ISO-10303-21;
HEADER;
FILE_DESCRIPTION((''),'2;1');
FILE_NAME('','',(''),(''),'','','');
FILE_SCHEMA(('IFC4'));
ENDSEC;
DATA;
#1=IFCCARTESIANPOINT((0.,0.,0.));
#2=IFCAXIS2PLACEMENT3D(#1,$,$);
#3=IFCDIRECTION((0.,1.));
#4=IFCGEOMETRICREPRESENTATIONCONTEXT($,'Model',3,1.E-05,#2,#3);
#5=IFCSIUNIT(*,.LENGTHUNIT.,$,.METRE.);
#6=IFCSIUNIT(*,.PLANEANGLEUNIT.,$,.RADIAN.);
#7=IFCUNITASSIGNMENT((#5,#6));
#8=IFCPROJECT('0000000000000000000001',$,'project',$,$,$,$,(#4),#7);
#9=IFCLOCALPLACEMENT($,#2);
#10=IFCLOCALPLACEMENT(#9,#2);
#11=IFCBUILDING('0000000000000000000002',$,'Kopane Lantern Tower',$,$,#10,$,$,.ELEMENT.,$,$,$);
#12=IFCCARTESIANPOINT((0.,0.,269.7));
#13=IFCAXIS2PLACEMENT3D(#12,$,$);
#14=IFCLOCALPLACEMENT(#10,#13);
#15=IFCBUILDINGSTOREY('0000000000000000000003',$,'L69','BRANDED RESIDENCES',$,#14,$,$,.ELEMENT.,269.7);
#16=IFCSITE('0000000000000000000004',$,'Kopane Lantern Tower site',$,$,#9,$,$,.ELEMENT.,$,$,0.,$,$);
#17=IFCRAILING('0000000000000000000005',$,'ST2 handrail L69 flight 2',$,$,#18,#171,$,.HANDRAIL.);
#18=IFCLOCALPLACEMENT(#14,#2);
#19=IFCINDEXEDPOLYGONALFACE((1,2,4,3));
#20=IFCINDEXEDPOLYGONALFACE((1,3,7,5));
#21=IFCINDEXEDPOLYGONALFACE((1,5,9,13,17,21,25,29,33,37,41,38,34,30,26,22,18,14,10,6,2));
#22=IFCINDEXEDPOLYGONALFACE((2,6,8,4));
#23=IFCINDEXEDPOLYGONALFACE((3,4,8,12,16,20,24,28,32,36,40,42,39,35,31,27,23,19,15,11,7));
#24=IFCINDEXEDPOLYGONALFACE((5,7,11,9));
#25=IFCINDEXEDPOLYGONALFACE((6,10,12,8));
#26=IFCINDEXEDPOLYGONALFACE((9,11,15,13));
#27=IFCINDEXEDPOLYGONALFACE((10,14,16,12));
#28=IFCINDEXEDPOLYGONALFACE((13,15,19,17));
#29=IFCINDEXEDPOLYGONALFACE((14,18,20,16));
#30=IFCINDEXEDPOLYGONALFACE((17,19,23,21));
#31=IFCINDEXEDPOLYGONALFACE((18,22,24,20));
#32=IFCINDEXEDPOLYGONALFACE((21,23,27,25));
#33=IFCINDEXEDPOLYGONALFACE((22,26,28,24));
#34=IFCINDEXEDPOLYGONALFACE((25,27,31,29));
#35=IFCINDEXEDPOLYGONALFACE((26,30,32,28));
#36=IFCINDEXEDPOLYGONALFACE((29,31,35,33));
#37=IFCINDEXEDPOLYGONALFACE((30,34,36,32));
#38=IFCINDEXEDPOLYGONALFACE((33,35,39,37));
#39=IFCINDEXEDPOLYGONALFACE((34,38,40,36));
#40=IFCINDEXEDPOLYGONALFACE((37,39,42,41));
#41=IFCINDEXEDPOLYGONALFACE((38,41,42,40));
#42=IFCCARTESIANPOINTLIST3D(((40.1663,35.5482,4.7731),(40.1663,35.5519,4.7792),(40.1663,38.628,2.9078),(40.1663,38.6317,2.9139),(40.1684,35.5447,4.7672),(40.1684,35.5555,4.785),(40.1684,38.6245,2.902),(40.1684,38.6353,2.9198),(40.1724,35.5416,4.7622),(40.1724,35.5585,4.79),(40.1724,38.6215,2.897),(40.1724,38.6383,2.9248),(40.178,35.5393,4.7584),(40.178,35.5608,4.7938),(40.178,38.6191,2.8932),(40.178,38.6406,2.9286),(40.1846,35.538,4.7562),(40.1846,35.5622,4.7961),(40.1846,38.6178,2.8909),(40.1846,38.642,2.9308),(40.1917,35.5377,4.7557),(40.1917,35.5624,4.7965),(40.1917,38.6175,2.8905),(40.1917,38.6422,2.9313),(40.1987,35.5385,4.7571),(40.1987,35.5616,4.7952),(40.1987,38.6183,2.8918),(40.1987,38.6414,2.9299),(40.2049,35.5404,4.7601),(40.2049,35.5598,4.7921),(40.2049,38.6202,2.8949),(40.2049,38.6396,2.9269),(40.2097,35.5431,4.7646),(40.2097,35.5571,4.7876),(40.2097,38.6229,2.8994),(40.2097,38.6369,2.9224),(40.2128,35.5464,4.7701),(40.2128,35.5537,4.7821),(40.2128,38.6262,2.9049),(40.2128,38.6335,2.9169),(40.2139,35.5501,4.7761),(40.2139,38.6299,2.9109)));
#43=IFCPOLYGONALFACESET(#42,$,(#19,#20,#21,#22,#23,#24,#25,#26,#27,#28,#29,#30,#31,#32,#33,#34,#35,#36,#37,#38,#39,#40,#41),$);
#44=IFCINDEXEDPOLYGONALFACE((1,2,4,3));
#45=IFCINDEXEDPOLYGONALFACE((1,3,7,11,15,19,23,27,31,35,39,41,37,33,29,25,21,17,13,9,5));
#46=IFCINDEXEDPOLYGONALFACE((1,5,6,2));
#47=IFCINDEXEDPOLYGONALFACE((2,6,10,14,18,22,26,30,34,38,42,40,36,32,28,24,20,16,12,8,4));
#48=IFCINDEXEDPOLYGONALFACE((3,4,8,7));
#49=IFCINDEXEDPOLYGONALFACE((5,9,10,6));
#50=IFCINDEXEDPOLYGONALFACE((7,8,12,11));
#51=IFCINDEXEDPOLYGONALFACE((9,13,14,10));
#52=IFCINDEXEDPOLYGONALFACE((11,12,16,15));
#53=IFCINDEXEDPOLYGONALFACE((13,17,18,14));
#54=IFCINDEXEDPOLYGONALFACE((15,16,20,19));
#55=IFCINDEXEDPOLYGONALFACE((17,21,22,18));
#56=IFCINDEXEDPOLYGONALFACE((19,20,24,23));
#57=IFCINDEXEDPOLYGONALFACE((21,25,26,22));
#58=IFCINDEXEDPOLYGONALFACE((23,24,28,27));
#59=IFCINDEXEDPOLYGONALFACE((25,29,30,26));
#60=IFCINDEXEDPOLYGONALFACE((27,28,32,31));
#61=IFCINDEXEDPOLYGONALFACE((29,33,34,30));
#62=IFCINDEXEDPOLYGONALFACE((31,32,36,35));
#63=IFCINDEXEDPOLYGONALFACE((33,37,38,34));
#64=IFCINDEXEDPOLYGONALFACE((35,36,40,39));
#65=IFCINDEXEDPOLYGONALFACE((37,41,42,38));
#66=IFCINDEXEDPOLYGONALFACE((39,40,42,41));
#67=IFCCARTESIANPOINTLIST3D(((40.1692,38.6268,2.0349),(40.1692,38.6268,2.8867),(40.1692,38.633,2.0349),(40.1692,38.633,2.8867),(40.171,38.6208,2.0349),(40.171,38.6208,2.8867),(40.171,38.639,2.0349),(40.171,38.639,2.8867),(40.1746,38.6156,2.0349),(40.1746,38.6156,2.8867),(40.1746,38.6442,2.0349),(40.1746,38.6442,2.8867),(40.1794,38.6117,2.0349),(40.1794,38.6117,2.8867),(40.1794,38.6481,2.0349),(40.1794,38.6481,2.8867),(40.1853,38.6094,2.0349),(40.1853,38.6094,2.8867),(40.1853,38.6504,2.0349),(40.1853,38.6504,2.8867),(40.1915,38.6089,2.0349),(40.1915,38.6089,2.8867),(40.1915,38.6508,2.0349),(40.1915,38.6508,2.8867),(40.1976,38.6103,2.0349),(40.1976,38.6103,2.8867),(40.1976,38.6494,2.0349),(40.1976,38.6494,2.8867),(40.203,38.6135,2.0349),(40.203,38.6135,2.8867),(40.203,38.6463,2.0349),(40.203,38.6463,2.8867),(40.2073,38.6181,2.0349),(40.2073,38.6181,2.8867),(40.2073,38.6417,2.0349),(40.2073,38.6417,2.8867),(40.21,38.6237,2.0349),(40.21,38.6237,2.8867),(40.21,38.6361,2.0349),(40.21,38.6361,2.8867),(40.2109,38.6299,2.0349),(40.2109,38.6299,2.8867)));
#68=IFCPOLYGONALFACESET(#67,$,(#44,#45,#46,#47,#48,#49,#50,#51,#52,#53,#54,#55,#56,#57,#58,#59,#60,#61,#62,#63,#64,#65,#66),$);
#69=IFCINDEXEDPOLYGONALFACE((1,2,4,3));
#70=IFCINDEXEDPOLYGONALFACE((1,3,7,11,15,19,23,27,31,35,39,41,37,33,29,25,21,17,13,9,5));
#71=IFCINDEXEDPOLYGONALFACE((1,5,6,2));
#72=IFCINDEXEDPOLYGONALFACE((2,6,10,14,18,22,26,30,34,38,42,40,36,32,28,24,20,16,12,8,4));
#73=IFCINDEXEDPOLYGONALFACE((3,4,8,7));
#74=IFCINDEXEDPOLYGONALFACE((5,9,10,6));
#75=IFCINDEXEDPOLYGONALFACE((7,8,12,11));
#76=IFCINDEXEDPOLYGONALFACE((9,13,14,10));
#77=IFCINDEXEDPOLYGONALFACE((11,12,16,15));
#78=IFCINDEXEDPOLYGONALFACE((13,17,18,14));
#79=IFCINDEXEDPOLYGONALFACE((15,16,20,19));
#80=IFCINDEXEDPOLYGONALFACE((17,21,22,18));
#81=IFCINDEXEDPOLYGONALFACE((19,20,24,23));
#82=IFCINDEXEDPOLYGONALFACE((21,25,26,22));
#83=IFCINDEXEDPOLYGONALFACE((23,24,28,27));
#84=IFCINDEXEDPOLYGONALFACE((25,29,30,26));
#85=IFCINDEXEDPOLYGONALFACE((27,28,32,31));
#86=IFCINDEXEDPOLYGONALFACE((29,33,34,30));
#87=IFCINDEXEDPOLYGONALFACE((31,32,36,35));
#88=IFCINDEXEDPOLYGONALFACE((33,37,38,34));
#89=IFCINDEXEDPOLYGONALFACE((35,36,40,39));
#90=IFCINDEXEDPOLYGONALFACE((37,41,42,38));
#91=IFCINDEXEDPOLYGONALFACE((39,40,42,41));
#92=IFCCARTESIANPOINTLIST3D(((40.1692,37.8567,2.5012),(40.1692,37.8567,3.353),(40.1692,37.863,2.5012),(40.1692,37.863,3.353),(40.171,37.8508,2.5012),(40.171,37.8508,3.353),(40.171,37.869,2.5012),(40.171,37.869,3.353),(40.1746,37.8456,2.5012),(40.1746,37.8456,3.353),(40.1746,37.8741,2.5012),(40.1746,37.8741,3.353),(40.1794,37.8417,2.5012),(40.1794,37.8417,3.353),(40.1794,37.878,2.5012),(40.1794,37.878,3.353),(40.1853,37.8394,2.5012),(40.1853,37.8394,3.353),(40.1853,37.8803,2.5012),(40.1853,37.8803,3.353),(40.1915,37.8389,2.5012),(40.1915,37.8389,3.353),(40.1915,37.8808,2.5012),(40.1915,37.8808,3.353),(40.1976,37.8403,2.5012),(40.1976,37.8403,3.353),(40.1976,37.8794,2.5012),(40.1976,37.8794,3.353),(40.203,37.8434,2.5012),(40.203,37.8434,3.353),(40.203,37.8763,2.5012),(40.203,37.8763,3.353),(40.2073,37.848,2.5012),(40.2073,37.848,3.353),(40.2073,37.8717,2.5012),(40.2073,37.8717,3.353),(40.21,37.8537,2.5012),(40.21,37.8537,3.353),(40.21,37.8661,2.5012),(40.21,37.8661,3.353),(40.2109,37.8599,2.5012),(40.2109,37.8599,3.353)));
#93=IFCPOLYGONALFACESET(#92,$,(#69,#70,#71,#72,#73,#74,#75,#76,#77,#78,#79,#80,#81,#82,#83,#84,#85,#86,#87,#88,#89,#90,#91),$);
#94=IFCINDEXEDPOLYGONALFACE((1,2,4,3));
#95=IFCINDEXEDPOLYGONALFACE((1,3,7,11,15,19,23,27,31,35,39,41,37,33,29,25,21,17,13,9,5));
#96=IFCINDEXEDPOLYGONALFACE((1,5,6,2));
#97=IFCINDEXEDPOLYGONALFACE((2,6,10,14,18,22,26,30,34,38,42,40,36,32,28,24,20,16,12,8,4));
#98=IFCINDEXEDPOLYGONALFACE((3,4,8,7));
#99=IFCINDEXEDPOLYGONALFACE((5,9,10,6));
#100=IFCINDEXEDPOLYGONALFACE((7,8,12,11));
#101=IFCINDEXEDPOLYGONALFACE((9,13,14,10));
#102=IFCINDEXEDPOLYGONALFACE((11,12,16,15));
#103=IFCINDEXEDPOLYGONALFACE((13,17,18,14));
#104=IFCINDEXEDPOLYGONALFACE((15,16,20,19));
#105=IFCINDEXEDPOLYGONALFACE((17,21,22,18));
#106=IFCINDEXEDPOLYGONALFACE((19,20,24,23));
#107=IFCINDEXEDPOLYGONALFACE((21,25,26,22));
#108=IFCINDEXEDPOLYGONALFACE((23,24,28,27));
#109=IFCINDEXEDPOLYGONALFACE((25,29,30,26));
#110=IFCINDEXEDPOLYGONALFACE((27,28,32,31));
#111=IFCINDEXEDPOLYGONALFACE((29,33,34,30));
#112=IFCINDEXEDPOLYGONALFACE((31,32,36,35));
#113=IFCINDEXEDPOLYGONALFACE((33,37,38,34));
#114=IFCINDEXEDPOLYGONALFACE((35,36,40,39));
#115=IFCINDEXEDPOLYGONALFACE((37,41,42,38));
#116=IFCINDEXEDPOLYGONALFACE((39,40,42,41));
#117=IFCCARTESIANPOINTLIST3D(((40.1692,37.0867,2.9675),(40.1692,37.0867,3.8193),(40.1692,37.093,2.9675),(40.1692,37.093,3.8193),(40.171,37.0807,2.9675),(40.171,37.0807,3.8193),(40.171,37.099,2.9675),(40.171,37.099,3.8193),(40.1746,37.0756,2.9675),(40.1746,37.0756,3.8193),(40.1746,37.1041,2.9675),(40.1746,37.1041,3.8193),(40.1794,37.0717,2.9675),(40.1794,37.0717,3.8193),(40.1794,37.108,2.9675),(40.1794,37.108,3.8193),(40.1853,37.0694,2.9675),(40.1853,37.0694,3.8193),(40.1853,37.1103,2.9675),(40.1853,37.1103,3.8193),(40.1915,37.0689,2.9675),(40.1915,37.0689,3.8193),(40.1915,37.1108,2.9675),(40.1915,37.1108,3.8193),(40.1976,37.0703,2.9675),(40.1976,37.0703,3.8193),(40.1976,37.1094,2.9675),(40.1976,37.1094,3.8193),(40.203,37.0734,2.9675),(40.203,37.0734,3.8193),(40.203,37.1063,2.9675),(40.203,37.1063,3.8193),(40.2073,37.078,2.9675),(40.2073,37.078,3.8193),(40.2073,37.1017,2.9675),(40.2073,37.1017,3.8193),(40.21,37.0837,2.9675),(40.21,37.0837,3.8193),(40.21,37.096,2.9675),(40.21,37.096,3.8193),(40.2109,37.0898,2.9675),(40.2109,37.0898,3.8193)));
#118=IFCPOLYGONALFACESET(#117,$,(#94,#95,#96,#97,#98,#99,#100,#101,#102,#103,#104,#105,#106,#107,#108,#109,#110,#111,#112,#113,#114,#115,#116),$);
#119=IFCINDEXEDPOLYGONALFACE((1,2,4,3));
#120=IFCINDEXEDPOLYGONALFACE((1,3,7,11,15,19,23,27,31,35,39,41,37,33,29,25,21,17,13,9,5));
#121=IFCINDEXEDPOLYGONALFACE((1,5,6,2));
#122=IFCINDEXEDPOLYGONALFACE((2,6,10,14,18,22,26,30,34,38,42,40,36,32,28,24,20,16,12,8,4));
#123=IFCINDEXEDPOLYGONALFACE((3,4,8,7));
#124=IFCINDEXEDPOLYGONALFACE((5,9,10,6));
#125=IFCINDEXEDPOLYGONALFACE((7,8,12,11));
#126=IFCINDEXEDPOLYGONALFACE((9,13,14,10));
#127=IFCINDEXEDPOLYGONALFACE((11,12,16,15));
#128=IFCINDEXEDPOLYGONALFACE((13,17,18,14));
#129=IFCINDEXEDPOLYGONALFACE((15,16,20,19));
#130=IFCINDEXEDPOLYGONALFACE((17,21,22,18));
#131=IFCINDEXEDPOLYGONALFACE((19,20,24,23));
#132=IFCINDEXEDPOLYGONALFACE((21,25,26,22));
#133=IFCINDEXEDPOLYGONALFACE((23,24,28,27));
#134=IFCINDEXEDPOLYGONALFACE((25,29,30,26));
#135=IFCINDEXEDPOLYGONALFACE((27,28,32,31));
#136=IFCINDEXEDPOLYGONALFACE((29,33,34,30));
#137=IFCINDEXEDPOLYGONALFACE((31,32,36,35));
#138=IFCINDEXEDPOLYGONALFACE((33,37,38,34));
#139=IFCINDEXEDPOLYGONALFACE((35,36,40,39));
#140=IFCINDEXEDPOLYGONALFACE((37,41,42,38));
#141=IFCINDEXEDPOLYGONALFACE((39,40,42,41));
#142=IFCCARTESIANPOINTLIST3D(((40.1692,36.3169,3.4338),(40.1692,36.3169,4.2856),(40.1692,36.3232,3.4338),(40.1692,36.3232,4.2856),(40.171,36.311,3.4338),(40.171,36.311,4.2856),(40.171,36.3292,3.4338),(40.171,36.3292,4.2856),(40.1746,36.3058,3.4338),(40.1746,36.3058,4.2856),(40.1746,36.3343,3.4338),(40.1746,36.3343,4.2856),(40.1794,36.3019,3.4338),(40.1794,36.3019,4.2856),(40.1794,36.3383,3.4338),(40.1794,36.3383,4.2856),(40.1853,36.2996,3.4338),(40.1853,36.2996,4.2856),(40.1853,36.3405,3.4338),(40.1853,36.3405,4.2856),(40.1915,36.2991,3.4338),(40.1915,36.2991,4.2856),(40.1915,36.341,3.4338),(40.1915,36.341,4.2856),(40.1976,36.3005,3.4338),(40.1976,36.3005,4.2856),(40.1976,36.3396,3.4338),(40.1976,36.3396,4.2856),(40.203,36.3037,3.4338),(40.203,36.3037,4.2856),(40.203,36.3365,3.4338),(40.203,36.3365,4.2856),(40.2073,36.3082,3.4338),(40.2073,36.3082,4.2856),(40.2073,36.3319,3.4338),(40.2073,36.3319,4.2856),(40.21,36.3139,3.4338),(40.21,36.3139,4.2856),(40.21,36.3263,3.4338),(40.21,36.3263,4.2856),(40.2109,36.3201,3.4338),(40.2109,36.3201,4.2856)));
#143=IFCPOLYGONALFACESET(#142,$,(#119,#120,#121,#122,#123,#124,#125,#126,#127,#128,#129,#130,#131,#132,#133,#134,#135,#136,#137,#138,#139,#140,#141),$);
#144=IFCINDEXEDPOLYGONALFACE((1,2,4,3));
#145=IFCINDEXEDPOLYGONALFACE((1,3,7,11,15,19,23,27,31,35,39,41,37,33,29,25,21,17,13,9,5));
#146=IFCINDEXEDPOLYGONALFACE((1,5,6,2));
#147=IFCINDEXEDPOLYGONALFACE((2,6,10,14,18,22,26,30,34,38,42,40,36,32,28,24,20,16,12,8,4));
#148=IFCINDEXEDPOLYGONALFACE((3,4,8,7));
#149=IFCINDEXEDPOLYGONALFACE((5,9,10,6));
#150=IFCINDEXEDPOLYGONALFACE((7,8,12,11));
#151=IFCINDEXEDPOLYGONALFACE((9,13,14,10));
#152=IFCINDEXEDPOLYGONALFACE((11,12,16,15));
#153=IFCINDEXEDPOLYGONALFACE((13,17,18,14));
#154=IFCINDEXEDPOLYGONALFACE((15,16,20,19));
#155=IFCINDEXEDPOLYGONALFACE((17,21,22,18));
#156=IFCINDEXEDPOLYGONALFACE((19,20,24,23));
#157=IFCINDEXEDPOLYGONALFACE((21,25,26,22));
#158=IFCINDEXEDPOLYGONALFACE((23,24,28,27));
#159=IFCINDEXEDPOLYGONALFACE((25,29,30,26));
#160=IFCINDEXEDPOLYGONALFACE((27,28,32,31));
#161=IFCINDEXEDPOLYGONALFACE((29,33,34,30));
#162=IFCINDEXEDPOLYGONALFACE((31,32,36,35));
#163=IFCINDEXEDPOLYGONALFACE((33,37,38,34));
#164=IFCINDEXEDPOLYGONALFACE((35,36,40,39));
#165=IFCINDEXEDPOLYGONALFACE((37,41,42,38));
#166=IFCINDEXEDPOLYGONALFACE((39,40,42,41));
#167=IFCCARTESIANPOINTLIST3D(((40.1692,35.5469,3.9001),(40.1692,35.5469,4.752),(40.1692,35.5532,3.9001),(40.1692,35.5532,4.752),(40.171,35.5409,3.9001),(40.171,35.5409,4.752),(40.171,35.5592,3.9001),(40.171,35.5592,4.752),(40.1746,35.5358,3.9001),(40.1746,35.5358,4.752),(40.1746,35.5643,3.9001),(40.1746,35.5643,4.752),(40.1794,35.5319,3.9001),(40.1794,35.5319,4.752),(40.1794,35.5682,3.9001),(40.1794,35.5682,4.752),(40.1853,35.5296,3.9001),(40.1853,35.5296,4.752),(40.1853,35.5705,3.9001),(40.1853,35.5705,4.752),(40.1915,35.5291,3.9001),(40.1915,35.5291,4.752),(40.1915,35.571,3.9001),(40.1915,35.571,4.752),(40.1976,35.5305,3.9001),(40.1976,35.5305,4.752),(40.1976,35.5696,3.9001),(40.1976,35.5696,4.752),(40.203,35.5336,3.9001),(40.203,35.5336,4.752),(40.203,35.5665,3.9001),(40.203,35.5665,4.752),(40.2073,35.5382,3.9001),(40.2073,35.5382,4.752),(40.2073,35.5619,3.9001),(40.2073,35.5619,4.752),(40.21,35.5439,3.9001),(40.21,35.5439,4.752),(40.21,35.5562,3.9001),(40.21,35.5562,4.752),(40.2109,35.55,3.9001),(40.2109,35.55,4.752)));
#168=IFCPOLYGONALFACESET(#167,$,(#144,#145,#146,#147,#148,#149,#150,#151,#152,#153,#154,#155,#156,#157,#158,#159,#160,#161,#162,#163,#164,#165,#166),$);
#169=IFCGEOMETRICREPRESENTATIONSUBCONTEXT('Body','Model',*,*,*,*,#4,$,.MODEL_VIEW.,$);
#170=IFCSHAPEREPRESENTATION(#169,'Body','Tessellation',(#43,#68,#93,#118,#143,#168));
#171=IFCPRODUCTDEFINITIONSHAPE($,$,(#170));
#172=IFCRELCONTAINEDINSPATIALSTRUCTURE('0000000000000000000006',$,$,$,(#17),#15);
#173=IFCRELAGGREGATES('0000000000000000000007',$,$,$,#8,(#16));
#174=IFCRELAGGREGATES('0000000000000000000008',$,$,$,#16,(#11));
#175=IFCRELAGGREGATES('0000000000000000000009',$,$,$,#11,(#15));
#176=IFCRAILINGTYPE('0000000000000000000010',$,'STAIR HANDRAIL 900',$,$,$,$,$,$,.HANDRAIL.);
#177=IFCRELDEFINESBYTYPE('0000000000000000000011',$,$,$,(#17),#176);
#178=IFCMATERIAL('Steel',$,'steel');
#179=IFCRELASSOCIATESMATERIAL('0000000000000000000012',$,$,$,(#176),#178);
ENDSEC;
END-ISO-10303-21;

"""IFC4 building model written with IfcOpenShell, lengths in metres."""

from ifc_helpers import new_model, si_unit, direction, frame, origin, origin_2d, place, context, subcontext, project, spatial, circle, extrude, material, type_object, element, save


model = new_model("IFC4")

# Units and contexts
model_context = context("Model", 3, precision=1e-05, world=origin(), true_north=direction((0.0, 1.0)))
body_context = subcontext(model_context, "Body", "Model", "MODEL_VIEW")
ifc_project = project(units=[si_unit("LENGTHUNIT", "METRE"), si_unit("PLANEANGLEUNIT", "RADIAN")], contexts=[model_context])

# Site, building, storey
site_placement = place(None, origin())
site = spatial("IfcSite", under=ifc_project, at=site_placement, Name="Kopane Lantern Tower site", CompositionType="ELEMENT", RefElevation=0.0)
building_placement = place(site_placement, origin())
building = spatial("IfcBuilding", under=site, at=building_placement, Name="Kopane Lantern Tower", CompositionType="ELEMENT")
storey_placement = place(building_placement, frame((0.0, 0.0, 269.7)))
storey = spatial("IfcBuildingStorey", under=building, at=storey_placement, Name="L69", Description="BRANDED RESIDENCES", CompositionType="ELEMENT", Elevation=269.7)

# Railing
ifc_material_1 = material(Name="Steel", Category="steel")
railing_type = type_object("IfcRailingType", Name="STAIR HANDRAIL 900", PredefinedType="HANDRAIL", material=ifc_material_1)
for number, where, name in (
    (1, (40.1899, 38.6299, 2.0349), "ST2 handrail L69 flight 2"),
):
    element("IfcRailing", number, at=place(storey_placement, frame(where)), inside=storey, type_object=railing_type, Name=name, PredefinedType="HANDRAIL", context=body_context, shape_type="SweptSolid", body=[
        extrude(circle(Radius=0.0239, at=origin_2d()), frame((0.0, 0.0, 0.876), z_axis=(0.0, -0.855362, 0.518031), x_axis=(1.0, 0.0, 0.0)), (0.0, 0.0, 1.0), 3.6006),
        extrude(circle(Radius=0.021, at=origin_2d()), origin(), (0.0, 0.0, 1.0), 0.8518),
        extrude(circle(Radius=0.021, at=origin_2d()), frame((0.0, -0.77, 0.4663)), (0.0, 0.0, 1.0), 0.8518),
        extrude(circle(Radius=0.021, at=origin_2d()), frame((0.0, -1.54, 0.9326)), (0.0, 0.0, 1.0), 0.8518),
        extrude(circle(Radius=0.021, at=origin_2d()), frame((0.0, -2.3098, 1.3989)), (0.0, 0.0, 1.0), 0.8518),
        extrude(circle(Radius=0.021, at=origin_2d()), frame((0.0, -3.0798, 1.8652)), (0.0, 0.0, 1.0), 0.8518),
    ])

save(model, "model.ifc")
